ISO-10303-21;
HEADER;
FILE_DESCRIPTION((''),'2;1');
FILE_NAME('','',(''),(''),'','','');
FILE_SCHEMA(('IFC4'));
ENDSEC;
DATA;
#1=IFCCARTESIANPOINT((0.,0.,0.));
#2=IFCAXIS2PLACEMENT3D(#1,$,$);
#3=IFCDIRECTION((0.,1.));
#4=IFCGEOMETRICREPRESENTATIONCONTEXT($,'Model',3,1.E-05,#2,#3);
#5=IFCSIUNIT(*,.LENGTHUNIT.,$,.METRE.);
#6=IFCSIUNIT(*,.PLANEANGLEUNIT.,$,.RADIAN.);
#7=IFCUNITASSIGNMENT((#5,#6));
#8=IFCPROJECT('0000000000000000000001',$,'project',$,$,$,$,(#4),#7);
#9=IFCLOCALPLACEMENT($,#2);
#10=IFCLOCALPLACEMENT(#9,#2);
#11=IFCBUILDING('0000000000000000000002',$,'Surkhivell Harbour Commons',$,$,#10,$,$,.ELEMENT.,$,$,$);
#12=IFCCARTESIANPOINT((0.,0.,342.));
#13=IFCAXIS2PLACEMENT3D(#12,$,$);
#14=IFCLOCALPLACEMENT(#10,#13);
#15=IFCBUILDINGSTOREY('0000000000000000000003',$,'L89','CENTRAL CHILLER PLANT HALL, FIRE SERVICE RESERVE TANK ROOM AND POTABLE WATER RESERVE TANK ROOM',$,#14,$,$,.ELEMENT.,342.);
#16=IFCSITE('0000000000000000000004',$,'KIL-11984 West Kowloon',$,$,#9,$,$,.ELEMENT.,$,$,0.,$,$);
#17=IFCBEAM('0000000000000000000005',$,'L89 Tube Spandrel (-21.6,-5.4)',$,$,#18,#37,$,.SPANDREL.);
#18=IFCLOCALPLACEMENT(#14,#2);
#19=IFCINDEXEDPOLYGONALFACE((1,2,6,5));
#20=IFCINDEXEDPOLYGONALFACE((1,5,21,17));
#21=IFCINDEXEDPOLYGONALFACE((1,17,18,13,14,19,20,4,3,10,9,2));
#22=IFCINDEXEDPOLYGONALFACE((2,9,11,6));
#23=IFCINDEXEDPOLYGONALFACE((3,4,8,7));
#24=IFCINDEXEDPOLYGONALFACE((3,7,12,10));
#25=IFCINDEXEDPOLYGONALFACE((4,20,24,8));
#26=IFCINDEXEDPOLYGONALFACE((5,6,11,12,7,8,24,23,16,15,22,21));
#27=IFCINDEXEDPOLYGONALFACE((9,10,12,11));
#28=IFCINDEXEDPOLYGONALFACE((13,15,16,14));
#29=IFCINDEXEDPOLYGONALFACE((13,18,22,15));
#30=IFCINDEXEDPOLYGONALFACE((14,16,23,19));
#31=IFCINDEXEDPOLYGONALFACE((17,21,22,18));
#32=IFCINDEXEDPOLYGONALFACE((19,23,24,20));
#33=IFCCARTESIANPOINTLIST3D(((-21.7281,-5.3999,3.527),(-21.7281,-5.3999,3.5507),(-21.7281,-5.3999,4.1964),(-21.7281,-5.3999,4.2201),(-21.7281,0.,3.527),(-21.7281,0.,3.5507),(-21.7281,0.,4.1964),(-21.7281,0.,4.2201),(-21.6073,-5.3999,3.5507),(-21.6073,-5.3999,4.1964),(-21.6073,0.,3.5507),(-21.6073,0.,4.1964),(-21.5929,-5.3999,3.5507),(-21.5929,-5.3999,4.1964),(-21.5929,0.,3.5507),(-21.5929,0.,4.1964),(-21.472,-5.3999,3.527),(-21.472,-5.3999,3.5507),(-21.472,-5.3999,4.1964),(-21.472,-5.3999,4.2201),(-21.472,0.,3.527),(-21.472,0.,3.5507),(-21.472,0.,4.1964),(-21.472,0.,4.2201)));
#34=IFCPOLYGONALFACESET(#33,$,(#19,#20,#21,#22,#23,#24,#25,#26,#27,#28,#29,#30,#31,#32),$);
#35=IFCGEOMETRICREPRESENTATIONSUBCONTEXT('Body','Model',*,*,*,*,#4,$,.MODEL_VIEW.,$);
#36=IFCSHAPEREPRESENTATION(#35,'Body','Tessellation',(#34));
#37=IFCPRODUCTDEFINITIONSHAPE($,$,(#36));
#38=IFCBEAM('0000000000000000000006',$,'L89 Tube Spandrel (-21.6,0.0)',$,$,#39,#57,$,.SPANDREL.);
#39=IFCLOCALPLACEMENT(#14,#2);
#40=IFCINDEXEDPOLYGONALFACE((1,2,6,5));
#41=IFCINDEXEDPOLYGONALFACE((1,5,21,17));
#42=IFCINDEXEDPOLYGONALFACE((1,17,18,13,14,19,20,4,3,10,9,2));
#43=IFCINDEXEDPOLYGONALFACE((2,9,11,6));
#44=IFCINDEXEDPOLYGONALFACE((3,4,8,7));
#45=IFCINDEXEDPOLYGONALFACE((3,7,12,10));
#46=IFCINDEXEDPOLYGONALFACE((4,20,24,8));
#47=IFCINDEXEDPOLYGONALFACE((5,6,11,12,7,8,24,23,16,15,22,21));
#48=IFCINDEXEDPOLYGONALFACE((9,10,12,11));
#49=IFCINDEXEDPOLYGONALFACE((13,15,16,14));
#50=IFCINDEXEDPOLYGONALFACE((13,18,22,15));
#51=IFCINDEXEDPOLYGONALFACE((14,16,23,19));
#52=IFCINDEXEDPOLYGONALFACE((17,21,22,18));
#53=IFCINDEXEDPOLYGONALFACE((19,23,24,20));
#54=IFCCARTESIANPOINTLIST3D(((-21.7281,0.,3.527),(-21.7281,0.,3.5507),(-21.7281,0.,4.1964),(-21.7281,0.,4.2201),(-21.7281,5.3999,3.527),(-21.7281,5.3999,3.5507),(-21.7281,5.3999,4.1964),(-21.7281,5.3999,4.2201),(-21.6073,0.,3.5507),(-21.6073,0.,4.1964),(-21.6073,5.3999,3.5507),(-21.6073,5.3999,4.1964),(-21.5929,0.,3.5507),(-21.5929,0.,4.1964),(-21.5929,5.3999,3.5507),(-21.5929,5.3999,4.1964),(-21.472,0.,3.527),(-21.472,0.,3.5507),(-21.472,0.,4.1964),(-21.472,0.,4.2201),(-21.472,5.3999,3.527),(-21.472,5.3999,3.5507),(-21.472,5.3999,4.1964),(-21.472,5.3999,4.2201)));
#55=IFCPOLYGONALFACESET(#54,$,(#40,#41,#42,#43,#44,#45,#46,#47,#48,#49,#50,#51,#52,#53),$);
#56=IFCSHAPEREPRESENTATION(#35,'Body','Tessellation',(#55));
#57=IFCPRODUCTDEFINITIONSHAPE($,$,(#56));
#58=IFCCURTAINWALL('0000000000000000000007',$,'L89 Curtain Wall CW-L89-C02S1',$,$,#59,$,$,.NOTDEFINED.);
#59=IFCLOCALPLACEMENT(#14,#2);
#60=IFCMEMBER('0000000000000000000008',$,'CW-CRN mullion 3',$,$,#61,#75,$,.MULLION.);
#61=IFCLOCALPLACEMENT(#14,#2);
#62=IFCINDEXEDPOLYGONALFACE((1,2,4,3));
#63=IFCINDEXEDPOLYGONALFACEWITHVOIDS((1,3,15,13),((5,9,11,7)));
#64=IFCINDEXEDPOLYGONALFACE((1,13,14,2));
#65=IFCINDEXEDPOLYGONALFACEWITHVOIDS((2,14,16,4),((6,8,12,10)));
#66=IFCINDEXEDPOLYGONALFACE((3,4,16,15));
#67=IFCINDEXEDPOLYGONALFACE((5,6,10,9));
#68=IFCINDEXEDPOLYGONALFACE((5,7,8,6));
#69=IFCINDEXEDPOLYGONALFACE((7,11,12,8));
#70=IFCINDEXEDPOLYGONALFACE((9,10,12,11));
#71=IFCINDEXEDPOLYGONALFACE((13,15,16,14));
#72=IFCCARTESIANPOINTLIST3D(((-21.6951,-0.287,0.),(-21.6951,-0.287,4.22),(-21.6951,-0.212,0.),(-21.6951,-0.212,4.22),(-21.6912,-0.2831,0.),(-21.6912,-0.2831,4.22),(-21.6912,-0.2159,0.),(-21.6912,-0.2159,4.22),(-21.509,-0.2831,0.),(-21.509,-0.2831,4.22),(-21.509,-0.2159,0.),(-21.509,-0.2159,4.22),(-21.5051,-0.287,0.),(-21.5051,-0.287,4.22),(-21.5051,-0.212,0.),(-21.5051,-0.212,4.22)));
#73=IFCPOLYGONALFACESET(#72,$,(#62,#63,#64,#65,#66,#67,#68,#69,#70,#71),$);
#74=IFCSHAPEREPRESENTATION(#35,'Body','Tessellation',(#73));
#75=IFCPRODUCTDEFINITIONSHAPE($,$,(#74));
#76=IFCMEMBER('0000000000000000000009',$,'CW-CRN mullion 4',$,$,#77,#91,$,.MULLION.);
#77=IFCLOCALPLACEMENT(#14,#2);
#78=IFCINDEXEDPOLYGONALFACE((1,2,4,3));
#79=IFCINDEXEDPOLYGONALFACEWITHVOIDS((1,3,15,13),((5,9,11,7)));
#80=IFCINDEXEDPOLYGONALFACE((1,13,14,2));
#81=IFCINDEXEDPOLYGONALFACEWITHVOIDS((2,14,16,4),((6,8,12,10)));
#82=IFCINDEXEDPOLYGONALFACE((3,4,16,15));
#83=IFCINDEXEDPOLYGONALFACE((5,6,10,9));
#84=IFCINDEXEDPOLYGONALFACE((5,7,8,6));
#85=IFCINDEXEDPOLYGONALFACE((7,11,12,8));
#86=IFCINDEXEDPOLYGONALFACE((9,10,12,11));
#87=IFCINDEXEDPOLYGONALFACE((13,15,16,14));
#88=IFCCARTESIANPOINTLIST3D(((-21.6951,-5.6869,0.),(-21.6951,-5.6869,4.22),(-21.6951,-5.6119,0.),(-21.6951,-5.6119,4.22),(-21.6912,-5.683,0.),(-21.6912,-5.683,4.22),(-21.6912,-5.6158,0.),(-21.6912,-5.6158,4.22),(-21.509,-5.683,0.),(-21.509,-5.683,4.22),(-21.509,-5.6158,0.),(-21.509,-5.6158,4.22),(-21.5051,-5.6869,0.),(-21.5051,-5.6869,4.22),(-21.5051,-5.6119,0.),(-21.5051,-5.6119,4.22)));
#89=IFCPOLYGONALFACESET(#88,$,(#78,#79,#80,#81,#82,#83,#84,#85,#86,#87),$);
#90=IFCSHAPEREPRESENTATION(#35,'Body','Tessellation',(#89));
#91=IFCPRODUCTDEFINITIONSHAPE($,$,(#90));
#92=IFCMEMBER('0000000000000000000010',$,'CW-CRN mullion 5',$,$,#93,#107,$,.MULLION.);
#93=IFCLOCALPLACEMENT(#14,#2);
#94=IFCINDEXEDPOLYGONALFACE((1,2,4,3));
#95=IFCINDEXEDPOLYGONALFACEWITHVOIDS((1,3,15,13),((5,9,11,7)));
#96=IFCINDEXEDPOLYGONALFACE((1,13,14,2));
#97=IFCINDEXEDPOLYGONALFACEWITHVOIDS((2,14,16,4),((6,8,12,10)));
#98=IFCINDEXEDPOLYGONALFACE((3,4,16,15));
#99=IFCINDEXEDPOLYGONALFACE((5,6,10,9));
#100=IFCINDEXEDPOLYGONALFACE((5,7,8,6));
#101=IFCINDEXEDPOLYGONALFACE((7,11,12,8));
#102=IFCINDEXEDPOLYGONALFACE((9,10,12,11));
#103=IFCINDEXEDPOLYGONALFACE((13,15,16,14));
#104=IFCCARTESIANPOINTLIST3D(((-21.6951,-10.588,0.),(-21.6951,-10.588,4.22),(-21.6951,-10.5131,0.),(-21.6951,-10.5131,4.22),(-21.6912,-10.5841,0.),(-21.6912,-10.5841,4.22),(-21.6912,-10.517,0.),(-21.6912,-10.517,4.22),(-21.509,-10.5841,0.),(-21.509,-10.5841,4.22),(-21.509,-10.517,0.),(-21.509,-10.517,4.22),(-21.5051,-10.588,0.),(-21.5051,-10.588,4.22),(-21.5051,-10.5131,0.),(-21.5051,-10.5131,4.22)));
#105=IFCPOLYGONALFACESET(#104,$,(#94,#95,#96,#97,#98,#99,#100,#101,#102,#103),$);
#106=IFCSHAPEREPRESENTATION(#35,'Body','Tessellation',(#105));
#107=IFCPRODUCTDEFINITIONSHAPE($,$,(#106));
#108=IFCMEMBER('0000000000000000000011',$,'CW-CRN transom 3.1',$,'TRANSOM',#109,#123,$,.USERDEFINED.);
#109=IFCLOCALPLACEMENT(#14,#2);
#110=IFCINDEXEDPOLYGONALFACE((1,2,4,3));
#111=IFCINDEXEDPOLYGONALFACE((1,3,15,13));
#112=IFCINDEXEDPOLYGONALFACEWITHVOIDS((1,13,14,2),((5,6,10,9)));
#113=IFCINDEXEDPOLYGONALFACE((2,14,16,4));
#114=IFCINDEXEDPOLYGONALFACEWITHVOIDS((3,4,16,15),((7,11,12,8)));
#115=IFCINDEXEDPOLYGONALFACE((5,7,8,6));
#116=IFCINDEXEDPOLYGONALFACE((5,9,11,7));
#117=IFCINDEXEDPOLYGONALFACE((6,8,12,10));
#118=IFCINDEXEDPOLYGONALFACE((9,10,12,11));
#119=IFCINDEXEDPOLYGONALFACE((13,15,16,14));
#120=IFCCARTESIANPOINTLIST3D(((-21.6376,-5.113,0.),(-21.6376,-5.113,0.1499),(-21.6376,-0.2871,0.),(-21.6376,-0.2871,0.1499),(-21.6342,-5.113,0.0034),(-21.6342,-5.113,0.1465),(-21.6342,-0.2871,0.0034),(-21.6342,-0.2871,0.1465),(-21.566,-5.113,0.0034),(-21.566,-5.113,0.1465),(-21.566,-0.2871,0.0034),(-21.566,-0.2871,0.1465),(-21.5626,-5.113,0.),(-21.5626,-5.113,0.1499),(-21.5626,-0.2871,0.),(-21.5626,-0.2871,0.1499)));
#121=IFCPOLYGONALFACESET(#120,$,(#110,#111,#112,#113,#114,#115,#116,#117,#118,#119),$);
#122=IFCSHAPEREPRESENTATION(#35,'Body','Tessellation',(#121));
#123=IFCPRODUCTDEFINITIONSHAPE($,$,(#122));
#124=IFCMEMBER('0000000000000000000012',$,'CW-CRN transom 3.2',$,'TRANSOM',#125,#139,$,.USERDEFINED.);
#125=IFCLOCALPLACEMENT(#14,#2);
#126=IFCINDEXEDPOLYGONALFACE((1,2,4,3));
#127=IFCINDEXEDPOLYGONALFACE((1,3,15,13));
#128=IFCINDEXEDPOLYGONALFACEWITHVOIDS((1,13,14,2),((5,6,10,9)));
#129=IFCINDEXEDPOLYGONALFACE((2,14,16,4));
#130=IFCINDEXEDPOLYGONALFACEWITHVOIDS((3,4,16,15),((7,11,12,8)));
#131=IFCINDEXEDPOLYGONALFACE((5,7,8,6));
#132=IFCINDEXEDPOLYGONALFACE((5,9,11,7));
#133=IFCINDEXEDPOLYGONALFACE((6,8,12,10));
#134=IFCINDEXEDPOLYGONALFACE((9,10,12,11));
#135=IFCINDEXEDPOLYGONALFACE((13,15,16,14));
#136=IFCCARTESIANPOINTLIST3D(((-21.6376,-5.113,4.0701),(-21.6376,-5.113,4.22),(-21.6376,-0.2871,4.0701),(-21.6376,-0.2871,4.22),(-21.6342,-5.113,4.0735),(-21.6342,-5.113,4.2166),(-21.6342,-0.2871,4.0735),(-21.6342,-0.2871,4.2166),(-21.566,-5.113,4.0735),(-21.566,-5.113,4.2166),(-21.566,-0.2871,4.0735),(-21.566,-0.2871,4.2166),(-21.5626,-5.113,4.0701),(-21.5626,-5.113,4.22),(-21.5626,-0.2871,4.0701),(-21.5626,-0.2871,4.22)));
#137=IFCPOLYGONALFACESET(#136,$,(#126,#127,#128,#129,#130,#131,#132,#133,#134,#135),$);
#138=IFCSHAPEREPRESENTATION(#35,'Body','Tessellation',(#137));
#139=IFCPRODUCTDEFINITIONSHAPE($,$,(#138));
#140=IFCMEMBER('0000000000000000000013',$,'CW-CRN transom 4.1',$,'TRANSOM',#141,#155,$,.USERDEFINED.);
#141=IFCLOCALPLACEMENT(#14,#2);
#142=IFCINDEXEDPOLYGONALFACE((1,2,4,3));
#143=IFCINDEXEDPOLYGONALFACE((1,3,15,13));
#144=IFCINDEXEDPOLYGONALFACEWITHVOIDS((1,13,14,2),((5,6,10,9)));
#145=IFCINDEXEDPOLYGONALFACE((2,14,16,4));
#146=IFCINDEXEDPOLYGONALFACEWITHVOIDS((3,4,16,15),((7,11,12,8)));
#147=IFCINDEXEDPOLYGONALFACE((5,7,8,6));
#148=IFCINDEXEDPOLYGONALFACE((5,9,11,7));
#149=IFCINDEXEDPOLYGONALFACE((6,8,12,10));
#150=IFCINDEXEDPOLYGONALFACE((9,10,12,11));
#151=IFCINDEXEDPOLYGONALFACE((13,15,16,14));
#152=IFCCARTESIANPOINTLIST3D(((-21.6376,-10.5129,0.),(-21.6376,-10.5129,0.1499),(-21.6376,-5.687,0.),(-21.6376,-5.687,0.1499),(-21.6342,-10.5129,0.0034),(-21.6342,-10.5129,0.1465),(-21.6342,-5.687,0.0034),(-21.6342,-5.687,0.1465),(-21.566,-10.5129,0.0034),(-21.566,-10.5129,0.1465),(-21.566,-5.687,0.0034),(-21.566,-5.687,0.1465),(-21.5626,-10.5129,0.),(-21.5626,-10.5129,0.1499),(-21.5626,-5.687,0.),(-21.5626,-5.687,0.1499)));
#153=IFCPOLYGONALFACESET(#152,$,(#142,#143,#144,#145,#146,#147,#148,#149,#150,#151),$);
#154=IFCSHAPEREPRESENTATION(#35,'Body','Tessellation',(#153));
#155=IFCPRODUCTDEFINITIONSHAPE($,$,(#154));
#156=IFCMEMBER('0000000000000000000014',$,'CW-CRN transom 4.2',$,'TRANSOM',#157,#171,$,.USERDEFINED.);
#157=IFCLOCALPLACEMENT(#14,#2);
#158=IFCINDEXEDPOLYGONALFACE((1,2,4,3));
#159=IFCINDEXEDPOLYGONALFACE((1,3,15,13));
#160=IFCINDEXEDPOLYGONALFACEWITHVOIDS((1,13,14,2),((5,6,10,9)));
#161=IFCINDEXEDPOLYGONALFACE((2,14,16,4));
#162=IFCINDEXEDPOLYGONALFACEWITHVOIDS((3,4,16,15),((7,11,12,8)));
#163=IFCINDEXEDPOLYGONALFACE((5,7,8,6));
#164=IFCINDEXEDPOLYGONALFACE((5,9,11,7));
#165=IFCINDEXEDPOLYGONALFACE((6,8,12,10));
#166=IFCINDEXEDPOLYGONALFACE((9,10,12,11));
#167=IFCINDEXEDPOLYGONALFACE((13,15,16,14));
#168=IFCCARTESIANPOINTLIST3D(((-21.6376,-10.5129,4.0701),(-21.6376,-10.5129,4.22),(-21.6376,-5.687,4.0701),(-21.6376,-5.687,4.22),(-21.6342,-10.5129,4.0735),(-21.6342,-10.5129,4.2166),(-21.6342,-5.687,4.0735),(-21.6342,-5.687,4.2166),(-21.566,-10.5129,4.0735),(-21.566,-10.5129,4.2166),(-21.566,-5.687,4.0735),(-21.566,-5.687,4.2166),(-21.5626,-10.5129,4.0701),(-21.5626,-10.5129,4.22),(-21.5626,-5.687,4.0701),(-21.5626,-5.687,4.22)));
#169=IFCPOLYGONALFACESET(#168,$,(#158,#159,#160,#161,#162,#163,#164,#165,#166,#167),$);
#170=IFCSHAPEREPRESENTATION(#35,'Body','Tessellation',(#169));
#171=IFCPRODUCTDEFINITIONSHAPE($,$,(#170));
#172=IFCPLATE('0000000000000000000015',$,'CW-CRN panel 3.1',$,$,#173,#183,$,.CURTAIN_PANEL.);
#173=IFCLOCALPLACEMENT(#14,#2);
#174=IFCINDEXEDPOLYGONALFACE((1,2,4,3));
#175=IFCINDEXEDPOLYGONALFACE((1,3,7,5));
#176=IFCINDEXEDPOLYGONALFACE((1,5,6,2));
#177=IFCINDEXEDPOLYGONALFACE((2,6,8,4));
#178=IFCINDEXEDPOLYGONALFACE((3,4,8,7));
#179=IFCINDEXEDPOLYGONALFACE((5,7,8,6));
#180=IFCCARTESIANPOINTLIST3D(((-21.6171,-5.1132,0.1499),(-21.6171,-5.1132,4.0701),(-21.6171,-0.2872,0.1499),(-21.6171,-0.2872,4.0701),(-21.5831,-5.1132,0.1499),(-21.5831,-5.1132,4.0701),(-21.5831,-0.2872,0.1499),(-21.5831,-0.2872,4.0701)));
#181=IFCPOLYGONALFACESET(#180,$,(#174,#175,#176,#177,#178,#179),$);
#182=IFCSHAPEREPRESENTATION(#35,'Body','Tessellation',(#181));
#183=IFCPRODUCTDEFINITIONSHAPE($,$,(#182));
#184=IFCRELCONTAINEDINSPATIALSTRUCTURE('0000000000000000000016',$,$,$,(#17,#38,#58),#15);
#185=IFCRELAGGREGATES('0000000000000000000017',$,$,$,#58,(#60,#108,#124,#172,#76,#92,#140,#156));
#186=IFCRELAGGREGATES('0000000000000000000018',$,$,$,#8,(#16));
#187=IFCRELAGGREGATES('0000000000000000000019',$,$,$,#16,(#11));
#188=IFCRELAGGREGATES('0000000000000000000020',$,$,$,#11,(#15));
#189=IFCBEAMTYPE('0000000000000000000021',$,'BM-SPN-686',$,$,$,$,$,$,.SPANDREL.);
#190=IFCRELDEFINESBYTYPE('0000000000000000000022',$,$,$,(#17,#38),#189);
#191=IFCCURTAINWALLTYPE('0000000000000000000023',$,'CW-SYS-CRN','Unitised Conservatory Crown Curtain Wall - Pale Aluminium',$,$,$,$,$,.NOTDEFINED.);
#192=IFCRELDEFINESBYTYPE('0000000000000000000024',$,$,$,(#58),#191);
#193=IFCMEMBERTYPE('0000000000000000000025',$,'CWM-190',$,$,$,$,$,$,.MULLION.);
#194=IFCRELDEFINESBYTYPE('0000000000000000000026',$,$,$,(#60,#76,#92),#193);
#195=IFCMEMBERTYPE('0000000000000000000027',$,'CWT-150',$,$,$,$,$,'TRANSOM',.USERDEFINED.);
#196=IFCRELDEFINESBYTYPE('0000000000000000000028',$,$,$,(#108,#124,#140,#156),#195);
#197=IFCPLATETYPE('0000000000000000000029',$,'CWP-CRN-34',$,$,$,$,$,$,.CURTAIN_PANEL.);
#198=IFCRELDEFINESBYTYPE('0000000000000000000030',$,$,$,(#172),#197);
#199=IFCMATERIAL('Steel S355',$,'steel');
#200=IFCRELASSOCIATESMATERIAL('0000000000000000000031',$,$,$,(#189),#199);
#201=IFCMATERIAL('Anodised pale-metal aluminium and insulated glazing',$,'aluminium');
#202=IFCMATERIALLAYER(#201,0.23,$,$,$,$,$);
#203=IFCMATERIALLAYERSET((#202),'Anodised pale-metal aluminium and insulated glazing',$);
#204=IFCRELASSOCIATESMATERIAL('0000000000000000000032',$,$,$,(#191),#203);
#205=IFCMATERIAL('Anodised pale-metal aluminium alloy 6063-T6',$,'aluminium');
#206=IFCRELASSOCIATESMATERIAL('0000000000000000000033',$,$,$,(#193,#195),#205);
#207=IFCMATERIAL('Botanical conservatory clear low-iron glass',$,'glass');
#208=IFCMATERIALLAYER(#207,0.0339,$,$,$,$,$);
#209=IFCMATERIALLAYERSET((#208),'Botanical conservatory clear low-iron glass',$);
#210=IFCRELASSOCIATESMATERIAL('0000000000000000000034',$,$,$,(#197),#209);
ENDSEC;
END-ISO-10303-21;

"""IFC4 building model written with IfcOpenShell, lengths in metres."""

from ifc_helpers import new_model, si_unit, direction, frame, frame_2d, origin, origin_2d, place, context, subcontext, project, spatial, rectangle, hollow_rectangle, i_section, extrude, material, layer, layer_set, material_profile, profile_set, type_object, element, aggregate, save


model = new_model("IFC4")

# Units and contexts
model_context = context("Model", 3, precision=1e-05, world=origin(), true_north=direction((0.0, 1.0)))
body_context = subcontext(model_context, "Body", "Model", "MODEL_VIEW")
ifc_project = project(units=[si_unit("LENGTHUNIT", "METRE"), si_unit("PLANEANGLEUNIT", "RADIAN")], contexts=[model_context])

# Site, building, storey
site_placement = place(None, origin())
site = spatial("IfcSite", under=ifc_project, at=site_placement, Name="KIL-11984 West Kowloon", CompositionType="ELEMENT", RefElevation=0.0)
building_placement = place(site_placement, origin())
building = spatial("IfcBuilding", under=site, at=building_placement, Name="Surkhivell Harbour Commons", CompositionType="ELEMENT")
storey_placement = place(building_placement, frame((0.0, 0.0, 342.0)))
storey = spatial("IfcBuildingStorey", under=building, at=storey_placement, Name="L89", Description="CENTRAL CHILLER PLANT HALL, FIRE SERVICE RESERVE TANK ROOM AND POTABLE WATER RESERVE TANK ROOM", CompositionType="ELEMENT", Elevation=342.0)

# Beams
ifc_material_1 = material(Name="Steel S355", Category="steel")
ifc_material_profile_1 = material_profile(ifc_material_1, i_section(OverallWidth=0.2561, OverallDepth=0.6931, WebThickness=0.0144, FlangeThickness=0.0237, at=origin_2d()), Name="UB686x254x170")
ifc_profile_set_1 = profile_set([ifc_material_profile_1], Name="Steel S355")
beam_type_1 = type_object("IfcBeamType", Name="BM-SPN-686", PredefinedType="SPANDREL", material=ifc_profile_set_1)
for number, where, z_axis, x_axis, name in (
    (1, (-21.6001, -5.3999, 3.8735), (0.0, 1.0, 0.0), (-1.0, 0.0, 0.0), "L89 Tube Spandrel (-21.6,-5.4)"),
    (2, (-21.6001, 0.0, 3.8735), (0.0, 1.0, 0.0), (-1.0, 0.0, 0.0), "L89 Tube Spandrel (-21.6,0.0)"),
):
    element("IfcBeam", number, at=place(storey_placement, frame(where, z_axis=z_axis, x_axis=x_axis)), inside=storey, type_object=beam_type_1, Name=name, PredefinedType="SPANDREL", context=body_context, shape_type="SweptSolid", body=[
        extrude(i_section(OverallWidth=0.2561, OverallDepth=0.6931, WebThickness=0.0144, FlangeThickness=0.0237, at=origin_2d()), origin(), (0.0, 0.0, 1.0), 5.3999),
    ])

# Curtain wall, members, plate
ifc_material_2 = material(Name="Anodised pale-metal aluminium and insulated glazing", Category="aluminium")
ifc_layer_1 = layer(ifc_material_2, 0.23)
ifc_layer_set_1 = layer_set([ifc_layer_1], Name="Anodised pale-metal aluminium and insulated glazing")
curtain_wall_type = type_object("IfcCurtainWallType", Name="CW-SYS-CRN", Description="Unitised Conservatory Crown Curtain Wall - Pale Aluminium", PredefinedType="NOTDEFINED", material=ifc_layer_set_1)
curtain_wall_placement = place(storey_placement, origin())
curtain_wall = element("IfcCurtainWall", 3, at=curtain_wall_placement, inside=storey, type_object=curtain_wall_type, Name="L89 Curtain Wall CW-L89-C02S1", PredefinedType="NOTDEFINED")
ifc_material_3 = material(Name="Anodised pale-metal aluminium alloy 6063-T6", Category="aluminium")
ifc_material_profile_2 = material_profile(ifc_material_3, hollow_rectangle(XDim=0.075, YDim=0.1899, WallThickness=0.0039, at=origin_2d()), Name="ALU-MULL-75x190")
ifc_profile_set_2 = profile_set([ifc_material_profile_2], Name="Anodised pale-metal aluminium alloy 6063-T6")
member_type_1 = type_object("IfcMemberType", Name="CWM-190", PredefinedType="MULLION", material=ifc_profile_set_2)
member_1_placement = place(storey_placement, frame((-21.6001, -0.2495, 0.0), z_axis=(0.0, 0.0, 1.0), x_axis=(0.0, -1.0, 0.0)))
member_1 = element("IfcMember", 4, at=member_1_placement, type_object=member_type_1, Name="CW-CRN mullion 3", PredefinedType="MULLION", context=body_context, shape_type="SweptSolid", body=[
    extrude(hollow_rectangle(XDim=0.075, YDim=0.1899, WallThickness=0.0039, at=origin_2d()), origin(), (0.0, 0.0, 1.0), 4.22),
])
member_2_placement = place(storey_placement, frame((-21.6001, -5.6494, 0.0), z_axis=(0.0, 0.0, 1.0), x_axis=(0.0, -1.0, 0.0)))
member_2 = element("IfcMember", 5, at=member_2_placement, type_object=member_type_1, Name="CW-CRN mullion 4", PredefinedType="MULLION", context=body_context, shape_type="SweptSolid", body=[
    extrude(hollow_rectangle(XDim=0.075, YDim=0.1899, WallThickness=0.0039, at=origin_2d()), origin(), (0.0, 0.0, 1.0), 4.22),
])
member_3_placement = place(storey_placement, frame((-21.6001, -10.5505, 0.0), z_axis=(0.0, 0.0, 1.0), x_axis=(0.0, -1.0, 0.0)))
member_3 = element("IfcMember", 6, at=member_3_placement, type_object=member_type_1, Name="CW-CRN mullion 5", PredefinedType="MULLION", context=body_context, shape_type="SweptSolid", body=[
    extrude(hollow_rectangle(XDim=0.075, YDim=0.1899, WallThickness=0.0039, at=origin_2d()), origin(), (0.0, 0.0, 1.0), 4.22),
])
ifc_material_profile_3 = material_profile(ifc_material_3, hollow_rectangle(XDim=0.075, YDim=0.1499, WallThickness=0.0034, at=origin_2d()), Name="ALU-TRAN-75x150")
ifc_profile_set_3 = profile_set([ifc_material_profile_3], Name="Anodised pale-metal aluminium alloy 6063-T6")
member_type_2 = type_object("IfcMemberType", Name="CWT-150", ElementType="TRANSOM", PredefinedType="USERDEFINED", material=ifc_profile_set_3)
member_4_placement = place(storey_placement, frame((-21.6001, -0.2871, 0.075), z_axis=(0.0, -1.0, 0.0), x_axis=(1.0, 0.0, 0.0)))
member_4 = element("IfcMember", 7, at=member_4_placement, type_object=member_type_2, Name="CW-CRN transom 3.1", ObjectType="TRANSOM", PredefinedType="USERDEFINED", context=body_context, shape_type="SweptSolid", body=[
    extrude(hollow_rectangle(XDim=0.075, YDim=0.1499, WallThickness=0.0034, at=origin_2d()), origin(), (0.0, 0.0, 1.0), 4.8259),
])
member_5_placement = place(storey_placement, frame((-21.6001, -0.2871, 4.145), z_axis=(0.0, -1.0, 0.0), x_axis=(1.0, 0.0, 0.0)))
member_5 = element("IfcMember", 8, at=member_5_placement, type_object=member_type_2, Name="CW-CRN transom 3.2", ObjectType="TRANSOM", PredefinedType="USERDEFINED", context=body_context, shape_type="SweptSolid", body=[
    extrude(hollow_rectangle(XDim=0.075, YDim=0.1499, WallThickness=0.0034, at=origin_2d()), origin(), (0.0, 0.0, 1.0), 4.8259),
])
member_6_placement = place(storey_placement, frame((-21.6001, -5.687, 0.075), z_axis=(0.0, -1.0, 0.0), x_axis=(1.0, 0.0, 0.0)))
member_6 = element("IfcMember", 9, at=member_6_placement, type_object=member_type_2, Name="CW-CRN transom 4.1", ObjectType="TRANSOM", PredefinedType="USERDEFINED", context=body_context, shape_type="SweptSolid", body=[
    extrude(hollow_rectangle(XDim=0.075, YDim=0.1499, WallThickness=0.0034, at=origin_2d()), origin(), (0.0, 0.0, 1.0), 4.8259),
])
member_7_placement = place(storey_placement, frame((-21.6001, -5.687, 4.145), z_axis=(0.0, -1.0, 0.0), x_axis=(1.0, 0.0, 0.0)))
member_7 = element("IfcMember", 10, at=member_7_placement, type_object=member_type_2, Name="CW-CRN transom 4.2", ObjectType="TRANSOM", PredefinedType="USERDEFINED", context=body_context, shape_type="SweptSolid", body=[
    extrude(hollow_rectangle(XDim=0.075, YDim=0.1499, WallThickness=0.0034, at=origin_2d()), origin(), (0.0, 0.0, 1.0), 4.8259),
])
ifc_material_4 = material(Name="Botanical conservatory clear low-iron glass", Category="glass")
ifc_layer_2 = layer(ifc_material_4, 0.0339)
ifc_layer_set_2 = layer_set([ifc_layer_2], Name="Botanical conservatory clear low-iron glass")
plate_type = type_object("IfcPlateType", Name="CWP-CRN-34", PredefinedType="CURTAIN_PANEL", material=ifc_layer_set_2)
plate_1_placement = place(storey_placement, frame((-21.6001, -0.2871, 0.1499), z_axis=(0.0, 0.0, 1.0), x_axis=(0.0, -1.0, 0.0)))
plate_1 = element("IfcPlate", 11, at=plate_1_placement, type_object=plate_type, Name="CW-CRN panel 3.1", PredefinedType="CURTAIN_PANEL", context=body_context, shape_type="SweptSolid", body=[
    extrude(rectangle(XDim=4.8259, YDim=0.0339, at=frame_2d((2.4131, 0.0))), origin(), (0.0, 0.0, 1.0), 3.9202),
])
aggregate(curtain_wall, [member_1, member_4, member_5, plate_1, member_2, member_3, member_6, member_7])

save(model, "model.ifc")
